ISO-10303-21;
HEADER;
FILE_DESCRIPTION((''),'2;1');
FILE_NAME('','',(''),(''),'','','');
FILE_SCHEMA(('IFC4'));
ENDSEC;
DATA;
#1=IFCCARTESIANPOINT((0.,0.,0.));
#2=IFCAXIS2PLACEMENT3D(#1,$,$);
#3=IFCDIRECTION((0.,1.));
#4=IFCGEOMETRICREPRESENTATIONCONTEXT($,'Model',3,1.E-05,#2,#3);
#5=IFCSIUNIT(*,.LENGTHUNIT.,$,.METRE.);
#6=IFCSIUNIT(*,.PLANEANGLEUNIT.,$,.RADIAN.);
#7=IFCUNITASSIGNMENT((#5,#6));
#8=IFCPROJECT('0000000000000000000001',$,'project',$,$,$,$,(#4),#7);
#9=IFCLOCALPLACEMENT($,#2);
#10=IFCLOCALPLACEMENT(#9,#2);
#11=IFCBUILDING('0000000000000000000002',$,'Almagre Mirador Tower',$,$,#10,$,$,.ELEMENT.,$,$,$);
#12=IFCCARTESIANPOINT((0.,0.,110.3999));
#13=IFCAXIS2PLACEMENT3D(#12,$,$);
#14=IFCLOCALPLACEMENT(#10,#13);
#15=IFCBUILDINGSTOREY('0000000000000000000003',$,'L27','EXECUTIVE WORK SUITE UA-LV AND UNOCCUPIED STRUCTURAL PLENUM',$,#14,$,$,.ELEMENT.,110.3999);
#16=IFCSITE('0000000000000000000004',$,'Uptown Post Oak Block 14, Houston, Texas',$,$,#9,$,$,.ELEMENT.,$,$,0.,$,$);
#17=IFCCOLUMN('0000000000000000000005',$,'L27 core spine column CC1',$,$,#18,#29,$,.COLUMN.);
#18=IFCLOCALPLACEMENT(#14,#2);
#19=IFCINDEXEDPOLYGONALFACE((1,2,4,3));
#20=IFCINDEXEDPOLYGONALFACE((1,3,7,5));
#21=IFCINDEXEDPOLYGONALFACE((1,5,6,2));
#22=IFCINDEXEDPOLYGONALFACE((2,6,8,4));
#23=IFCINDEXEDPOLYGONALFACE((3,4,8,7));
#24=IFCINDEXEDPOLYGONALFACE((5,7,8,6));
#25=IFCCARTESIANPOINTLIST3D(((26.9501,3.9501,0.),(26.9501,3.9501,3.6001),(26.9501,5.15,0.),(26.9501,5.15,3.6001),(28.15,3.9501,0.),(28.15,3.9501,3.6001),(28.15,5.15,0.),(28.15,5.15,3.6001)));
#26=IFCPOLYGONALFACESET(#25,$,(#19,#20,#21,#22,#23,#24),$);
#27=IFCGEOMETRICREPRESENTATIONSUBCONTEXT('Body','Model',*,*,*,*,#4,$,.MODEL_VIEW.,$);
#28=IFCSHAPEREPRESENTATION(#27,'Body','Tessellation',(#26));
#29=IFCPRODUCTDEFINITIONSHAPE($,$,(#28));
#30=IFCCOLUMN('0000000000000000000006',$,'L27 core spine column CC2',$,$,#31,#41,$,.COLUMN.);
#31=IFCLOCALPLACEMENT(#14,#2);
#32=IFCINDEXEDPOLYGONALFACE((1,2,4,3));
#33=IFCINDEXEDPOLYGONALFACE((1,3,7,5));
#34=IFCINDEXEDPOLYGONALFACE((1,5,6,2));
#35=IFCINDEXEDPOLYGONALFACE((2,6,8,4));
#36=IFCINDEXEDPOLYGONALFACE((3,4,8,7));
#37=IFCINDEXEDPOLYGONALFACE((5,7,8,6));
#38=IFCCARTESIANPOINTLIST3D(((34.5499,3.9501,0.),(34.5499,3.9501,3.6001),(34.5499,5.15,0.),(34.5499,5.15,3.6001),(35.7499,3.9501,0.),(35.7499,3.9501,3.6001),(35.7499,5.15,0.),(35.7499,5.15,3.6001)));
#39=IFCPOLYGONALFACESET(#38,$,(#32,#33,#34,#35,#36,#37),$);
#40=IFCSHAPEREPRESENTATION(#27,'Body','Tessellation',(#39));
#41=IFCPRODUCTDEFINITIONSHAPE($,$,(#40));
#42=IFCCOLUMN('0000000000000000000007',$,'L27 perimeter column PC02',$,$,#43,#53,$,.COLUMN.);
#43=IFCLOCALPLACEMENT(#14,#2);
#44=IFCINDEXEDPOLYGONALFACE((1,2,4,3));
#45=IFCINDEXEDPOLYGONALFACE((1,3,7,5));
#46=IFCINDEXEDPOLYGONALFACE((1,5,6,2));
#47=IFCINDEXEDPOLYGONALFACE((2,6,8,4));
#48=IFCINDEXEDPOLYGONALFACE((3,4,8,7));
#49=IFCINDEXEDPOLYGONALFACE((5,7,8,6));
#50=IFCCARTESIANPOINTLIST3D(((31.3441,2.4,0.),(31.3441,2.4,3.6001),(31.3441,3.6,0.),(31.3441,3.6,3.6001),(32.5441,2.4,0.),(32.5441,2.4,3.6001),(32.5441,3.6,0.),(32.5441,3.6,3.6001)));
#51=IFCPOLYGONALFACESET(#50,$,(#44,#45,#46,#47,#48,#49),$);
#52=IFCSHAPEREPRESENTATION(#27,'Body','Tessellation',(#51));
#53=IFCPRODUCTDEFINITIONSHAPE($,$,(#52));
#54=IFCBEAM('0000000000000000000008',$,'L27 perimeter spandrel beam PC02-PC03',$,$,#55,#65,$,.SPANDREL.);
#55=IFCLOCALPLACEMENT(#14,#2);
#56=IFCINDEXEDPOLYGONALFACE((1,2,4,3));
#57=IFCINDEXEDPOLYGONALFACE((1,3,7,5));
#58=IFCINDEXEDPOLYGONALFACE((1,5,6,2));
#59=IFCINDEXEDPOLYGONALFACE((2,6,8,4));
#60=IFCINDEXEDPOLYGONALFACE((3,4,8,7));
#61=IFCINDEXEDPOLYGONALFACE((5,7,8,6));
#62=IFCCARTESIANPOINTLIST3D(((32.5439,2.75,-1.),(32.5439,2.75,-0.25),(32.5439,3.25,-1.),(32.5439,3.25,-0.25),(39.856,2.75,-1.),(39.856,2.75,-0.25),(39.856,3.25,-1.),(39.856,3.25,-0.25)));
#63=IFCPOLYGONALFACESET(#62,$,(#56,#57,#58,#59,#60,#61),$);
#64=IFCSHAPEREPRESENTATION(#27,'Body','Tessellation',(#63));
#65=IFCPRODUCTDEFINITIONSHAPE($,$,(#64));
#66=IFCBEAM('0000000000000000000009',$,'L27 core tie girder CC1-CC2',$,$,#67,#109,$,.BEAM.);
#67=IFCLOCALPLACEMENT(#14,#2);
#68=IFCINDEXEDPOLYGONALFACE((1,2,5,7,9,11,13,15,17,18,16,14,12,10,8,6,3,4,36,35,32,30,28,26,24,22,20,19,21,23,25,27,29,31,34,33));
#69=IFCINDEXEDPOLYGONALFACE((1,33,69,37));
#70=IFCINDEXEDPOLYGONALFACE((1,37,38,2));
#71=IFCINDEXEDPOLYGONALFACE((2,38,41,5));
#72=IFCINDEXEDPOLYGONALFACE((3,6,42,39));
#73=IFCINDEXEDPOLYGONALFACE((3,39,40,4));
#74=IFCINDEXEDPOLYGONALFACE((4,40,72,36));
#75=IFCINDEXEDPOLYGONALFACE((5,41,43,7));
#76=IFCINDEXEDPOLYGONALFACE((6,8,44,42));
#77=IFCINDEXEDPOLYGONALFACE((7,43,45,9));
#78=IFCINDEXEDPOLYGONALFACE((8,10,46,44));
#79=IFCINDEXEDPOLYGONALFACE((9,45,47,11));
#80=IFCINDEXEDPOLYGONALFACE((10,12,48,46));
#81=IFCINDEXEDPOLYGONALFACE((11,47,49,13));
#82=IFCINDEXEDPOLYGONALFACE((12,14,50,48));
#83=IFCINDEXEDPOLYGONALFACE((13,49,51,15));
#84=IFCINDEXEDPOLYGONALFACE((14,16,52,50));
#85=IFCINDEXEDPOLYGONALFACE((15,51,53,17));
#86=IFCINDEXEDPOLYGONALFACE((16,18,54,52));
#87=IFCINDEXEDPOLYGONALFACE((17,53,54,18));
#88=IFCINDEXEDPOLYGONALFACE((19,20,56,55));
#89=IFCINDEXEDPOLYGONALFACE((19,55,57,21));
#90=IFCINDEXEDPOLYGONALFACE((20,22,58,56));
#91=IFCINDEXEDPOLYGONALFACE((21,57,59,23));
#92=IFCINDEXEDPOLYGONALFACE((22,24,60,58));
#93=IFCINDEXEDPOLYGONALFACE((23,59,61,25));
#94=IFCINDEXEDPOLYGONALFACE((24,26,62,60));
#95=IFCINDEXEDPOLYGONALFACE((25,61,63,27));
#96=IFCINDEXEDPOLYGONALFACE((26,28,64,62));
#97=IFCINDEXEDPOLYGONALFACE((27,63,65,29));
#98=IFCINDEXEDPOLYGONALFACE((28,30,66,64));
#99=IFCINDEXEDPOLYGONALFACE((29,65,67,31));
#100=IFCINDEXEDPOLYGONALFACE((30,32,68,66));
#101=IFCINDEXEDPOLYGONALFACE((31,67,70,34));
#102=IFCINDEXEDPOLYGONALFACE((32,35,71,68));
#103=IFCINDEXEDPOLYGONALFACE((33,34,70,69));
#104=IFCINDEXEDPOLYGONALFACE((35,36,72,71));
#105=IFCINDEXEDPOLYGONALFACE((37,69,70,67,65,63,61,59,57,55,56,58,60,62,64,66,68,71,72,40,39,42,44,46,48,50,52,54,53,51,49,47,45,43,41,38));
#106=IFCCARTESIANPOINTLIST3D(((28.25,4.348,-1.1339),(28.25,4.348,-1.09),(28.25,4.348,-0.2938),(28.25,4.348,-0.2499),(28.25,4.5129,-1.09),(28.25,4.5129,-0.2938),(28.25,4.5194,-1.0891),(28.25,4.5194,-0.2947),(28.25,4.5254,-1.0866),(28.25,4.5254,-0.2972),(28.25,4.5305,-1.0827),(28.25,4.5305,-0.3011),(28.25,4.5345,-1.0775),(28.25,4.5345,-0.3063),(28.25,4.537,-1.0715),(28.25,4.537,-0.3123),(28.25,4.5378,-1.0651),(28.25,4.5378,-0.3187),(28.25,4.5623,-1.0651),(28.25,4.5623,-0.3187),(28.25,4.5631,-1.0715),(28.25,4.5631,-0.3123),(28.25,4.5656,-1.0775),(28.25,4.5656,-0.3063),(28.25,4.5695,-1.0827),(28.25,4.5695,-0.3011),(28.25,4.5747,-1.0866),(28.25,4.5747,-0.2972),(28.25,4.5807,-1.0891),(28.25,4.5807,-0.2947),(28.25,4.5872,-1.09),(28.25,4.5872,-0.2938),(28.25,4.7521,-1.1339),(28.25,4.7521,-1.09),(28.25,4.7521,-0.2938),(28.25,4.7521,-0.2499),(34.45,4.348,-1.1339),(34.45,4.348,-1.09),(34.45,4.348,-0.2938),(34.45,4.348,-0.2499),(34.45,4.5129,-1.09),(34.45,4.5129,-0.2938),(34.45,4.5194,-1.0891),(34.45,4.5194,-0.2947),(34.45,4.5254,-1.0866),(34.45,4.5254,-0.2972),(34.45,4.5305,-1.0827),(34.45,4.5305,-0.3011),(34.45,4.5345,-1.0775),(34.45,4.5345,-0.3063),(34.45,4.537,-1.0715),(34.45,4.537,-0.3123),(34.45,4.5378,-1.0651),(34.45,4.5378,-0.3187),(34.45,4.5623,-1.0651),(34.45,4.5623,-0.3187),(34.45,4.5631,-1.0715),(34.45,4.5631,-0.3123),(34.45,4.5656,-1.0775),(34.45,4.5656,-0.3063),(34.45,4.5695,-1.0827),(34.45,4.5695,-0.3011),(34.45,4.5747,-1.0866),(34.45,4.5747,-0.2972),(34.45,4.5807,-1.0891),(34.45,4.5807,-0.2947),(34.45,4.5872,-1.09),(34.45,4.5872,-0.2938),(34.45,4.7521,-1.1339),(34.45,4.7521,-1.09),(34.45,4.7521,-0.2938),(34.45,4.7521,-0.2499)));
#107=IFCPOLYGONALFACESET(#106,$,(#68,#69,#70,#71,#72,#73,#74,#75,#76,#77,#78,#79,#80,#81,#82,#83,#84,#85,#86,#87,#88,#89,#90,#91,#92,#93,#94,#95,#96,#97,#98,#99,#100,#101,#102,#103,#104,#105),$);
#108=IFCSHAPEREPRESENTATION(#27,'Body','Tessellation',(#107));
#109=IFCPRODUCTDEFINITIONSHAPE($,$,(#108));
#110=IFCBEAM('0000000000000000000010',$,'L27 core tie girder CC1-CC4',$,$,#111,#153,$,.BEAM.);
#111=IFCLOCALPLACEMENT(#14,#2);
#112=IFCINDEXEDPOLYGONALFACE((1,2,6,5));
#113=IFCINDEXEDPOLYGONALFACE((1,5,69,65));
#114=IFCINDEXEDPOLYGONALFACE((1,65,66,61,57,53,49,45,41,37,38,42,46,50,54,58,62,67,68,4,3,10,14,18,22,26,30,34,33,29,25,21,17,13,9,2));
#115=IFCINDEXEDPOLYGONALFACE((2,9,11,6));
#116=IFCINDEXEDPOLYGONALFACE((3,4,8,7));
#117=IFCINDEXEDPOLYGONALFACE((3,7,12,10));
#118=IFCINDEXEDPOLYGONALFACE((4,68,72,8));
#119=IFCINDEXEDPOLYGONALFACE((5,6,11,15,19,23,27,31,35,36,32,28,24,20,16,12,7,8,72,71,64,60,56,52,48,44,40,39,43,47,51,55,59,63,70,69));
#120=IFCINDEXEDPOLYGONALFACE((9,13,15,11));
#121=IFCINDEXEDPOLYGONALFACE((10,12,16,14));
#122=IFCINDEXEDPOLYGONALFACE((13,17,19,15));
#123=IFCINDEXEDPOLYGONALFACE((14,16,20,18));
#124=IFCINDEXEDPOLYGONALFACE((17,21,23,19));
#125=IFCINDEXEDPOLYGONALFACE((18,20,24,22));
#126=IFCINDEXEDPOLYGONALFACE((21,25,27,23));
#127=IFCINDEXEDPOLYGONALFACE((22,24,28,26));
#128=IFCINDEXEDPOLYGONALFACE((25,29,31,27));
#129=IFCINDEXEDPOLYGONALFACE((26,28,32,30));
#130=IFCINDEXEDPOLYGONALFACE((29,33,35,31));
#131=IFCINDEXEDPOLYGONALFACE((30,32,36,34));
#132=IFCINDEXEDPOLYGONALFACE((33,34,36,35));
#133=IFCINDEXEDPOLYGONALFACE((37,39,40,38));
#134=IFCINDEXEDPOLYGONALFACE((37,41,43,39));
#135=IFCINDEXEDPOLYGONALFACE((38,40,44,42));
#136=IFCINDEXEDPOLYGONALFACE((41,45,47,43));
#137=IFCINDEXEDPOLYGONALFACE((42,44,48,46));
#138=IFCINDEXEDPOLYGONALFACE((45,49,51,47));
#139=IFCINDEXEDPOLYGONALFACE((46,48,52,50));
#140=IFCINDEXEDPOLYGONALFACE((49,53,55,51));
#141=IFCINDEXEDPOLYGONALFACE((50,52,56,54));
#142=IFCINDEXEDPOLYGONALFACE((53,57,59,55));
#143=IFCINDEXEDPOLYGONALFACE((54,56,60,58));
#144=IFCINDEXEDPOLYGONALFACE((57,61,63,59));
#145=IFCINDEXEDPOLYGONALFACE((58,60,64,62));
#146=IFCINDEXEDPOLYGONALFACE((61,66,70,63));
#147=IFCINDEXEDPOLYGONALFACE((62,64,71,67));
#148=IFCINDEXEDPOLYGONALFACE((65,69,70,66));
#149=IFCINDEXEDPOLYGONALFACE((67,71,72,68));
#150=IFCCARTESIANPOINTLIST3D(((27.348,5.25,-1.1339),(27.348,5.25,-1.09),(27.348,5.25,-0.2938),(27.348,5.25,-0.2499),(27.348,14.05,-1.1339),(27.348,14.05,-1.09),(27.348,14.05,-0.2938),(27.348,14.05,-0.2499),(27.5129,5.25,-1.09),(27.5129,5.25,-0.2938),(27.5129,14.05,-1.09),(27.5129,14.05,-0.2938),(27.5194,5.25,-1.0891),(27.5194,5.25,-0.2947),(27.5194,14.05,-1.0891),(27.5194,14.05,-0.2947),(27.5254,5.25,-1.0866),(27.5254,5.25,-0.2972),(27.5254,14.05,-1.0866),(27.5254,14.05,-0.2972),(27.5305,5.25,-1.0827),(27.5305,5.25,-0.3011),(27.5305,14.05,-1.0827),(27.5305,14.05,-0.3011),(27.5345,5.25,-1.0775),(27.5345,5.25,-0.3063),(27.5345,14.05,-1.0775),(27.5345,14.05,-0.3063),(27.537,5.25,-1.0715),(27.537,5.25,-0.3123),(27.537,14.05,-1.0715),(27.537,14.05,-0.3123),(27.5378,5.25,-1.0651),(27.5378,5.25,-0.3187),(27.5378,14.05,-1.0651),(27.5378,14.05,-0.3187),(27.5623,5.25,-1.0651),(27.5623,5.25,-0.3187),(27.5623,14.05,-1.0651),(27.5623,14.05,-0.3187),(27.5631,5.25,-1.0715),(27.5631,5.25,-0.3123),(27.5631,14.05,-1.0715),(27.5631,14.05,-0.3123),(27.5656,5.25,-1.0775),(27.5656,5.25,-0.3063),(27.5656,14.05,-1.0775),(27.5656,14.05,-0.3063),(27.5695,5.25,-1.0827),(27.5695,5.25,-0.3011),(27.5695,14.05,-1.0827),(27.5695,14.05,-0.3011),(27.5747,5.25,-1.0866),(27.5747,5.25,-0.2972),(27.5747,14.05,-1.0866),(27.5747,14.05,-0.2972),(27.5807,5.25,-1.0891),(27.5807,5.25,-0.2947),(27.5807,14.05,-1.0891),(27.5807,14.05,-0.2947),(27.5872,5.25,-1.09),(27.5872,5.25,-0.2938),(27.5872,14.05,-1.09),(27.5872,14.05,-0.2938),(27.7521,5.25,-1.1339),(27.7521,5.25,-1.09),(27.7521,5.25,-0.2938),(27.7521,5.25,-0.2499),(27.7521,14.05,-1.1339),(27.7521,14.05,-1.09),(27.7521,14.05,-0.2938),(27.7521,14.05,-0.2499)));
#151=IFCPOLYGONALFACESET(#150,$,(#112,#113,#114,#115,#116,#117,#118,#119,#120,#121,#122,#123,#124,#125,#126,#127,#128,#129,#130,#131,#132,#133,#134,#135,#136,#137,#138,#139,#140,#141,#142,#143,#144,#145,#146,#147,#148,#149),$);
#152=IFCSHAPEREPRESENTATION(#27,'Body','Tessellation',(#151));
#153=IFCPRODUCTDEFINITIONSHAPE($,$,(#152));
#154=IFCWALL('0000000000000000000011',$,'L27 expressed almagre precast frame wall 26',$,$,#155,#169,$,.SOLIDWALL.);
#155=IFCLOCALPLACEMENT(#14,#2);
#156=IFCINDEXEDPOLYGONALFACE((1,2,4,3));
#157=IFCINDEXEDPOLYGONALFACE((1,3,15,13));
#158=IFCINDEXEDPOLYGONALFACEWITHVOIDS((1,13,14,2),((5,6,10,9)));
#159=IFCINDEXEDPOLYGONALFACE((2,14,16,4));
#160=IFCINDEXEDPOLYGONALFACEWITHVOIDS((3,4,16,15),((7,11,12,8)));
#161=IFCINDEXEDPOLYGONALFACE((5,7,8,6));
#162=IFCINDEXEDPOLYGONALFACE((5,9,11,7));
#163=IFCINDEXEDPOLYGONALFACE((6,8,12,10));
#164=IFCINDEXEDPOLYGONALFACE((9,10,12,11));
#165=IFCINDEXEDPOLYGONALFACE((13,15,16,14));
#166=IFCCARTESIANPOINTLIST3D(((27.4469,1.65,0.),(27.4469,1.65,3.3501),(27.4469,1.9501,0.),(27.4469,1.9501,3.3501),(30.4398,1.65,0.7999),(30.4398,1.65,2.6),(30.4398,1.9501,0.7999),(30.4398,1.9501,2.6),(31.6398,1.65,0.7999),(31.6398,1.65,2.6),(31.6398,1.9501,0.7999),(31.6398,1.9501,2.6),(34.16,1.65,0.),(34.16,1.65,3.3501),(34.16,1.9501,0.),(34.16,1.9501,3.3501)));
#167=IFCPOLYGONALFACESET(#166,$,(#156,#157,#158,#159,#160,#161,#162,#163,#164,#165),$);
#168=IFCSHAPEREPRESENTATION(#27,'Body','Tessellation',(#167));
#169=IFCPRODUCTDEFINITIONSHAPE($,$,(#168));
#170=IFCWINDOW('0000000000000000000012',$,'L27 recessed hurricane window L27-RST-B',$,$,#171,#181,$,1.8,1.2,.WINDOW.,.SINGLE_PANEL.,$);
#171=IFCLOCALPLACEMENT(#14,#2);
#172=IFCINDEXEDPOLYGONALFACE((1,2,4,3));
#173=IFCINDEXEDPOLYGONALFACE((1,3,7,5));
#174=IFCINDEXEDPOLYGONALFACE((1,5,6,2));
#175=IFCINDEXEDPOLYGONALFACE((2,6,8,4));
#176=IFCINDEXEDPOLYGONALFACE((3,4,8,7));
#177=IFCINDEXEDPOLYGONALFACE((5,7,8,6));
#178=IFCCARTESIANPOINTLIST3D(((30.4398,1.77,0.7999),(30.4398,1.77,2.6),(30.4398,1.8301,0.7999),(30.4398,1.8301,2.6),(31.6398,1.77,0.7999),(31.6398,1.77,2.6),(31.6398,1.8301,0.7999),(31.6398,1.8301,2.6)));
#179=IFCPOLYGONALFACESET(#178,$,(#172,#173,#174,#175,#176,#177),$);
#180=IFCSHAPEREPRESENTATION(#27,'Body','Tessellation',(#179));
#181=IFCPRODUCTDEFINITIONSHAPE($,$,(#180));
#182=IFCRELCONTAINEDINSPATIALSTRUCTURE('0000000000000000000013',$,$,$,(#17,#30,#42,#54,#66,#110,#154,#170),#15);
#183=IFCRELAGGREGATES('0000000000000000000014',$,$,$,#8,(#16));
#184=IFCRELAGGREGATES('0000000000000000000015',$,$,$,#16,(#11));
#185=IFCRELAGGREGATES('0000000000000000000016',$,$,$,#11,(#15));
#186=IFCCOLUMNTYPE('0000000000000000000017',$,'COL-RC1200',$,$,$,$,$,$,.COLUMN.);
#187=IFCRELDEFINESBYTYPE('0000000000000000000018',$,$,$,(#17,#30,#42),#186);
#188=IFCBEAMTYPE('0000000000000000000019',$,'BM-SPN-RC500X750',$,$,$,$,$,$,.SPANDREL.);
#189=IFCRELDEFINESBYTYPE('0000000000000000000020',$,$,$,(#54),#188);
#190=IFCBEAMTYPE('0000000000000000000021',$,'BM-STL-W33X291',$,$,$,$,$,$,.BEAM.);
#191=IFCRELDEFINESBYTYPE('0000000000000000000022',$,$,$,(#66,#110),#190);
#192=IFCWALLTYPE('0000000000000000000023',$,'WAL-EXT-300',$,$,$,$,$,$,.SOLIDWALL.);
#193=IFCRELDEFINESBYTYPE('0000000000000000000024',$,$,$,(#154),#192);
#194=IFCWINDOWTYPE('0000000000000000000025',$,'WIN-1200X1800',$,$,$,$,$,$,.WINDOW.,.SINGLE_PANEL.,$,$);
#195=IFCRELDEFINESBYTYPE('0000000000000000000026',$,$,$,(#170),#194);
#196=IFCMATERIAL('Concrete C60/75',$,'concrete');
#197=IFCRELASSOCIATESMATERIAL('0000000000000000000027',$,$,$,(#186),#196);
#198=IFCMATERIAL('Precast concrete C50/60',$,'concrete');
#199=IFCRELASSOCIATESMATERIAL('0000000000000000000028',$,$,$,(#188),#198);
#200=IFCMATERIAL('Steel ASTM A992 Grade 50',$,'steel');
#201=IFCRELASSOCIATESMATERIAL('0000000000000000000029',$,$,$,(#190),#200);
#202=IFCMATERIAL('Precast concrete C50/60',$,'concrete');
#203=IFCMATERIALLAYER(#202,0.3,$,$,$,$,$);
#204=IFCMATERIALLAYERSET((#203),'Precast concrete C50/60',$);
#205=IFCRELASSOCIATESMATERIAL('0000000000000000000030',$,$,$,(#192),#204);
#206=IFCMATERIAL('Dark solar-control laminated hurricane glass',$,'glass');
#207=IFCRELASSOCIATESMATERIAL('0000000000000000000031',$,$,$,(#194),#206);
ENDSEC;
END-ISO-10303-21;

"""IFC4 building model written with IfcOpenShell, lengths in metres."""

from ifc_helpers import new_model, si_unit, direction, frame, frame_2d, origin, origin_2d, place, context, subcontext, project, spatial, rectangle, i_section, extrude, material, layer, layer_set, material_profile, profile_set, type_object, element, fill, save


model = new_model("IFC4")

# Units and contexts
model_context = context("Model", 3, precision=1e-05, world=origin(), true_north=direction((0.0, 1.0)))
body_context = subcontext(model_context, "Body", "Model", "MODEL_VIEW")
ifc_project = project(units=[si_unit("LENGTHUNIT", "METRE"), si_unit("PLANEANGLEUNIT", "RADIAN")], contexts=[model_context])

# Site, building, storey
site_placement = place(None, origin())
site = spatial("IfcSite", under=ifc_project, at=site_placement, Name="Uptown Post Oak Block 14, Houston, Texas", CompositionType="ELEMENT", RefElevation=0.0)
building_placement = place(site_placement, origin())
building = spatial("IfcBuilding", under=site, at=building_placement, Name="Almagre Mirador Tower", CompositionType="ELEMENT")
storey_placement = place(building_placement, frame((0.0, 0.0, 110.3999)))
storey = spatial("IfcBuildingStorey", under=building, at=storey_placement, Name="L27", Description="EXECUTIVE WORK SUITE UA-LV AND UNOCCUPIED STRUCTURAL PLENUM", CompositionType="ELEMENT", Elevation=110.3999)

# Columns
ifc_material_1 = material(Name="Concrete C60/75", Category="concrete")
ifc_material_profile_1 = material_profile(ifc_material_1, rectangle(XDim=1.2, YDim=1.2, at=origin_2d()), Name="RC1200X1200")
ifc_profile_set_1 = profile_set([ifc_material_profile_1], Name="Concrete C60/75")
column_type = type_object("IfcColumnType", Name="COL-RC1200", PredefinedType="COLUMN", material=ifc_profile_set_1)
for number, where, z_axis, x_axis, name in (
    (1, (27.55, 4.55, 0.0), (0.0, 0.0, 1.0), (1.0, 0.0, 0.0), "L27 core spine column CC1"),
    (2, (35.1499, 4.55, 0.0), (0.0, 0.0, 1.0), (1.0, 0.0, 0.0), "L27 core spine column CC2"),
    (3, (31.9441, 3.0, 0.0), (0.0, 0.0, 1.0), (1.0, 0.0, 0.0), "L27 perimeter column PC02"),
):
    element("IfcColumn", number, at=place(storey_placement, frame(where, z_axis=z_axis, x_axis=x_axis)), inside=storey, type_object=column_type, Name=name, PredefinedType="COLUMN", context=body_context, shape_type="SweptSolid", body=[
        extrude(rectangle(XDim=1.2, YDim=1.2, at=origin_2d()), origin(), (0.0, 0.0, 1.0), 3.6001),
    ])

# Beams
ifc_material_2 = material(Name="Precast concrete C50/60", Category="concrete")
ifc_material_profile_2 = material_profile(ifc_material_2, rectangle(XDim=0.5, YDim=0.75, at=origin_2d()), Name="RC500X750")
ifc_profile_set_2 = profile_set([ifc_material_profile_2], Name="Precast concrete C50/60")
beam_type_1 = type_object("IfcBeamType", Name="BM-SPN-RC500X750", PredefinedType="SPANDREL", material=ifc_profile_set_2)
beam_1_placement = place(storey_placement, frame((32.5439, 3.0, -0.625), z_axis=(1.0, 0.0, 0.0), x_axis=(0.0, 1.0, 0.0)))
element("IfcBeam", 4, at=beam_1_placement, inside=storey, type_object=beam_type_1, Name="L27 perimeter spandrel beam PC02-PC03", PredefinedType="SPANDREL", context=body_context, shape_type="SweptSolid", body=[
    extrude(rectangle(XDim=0.5, YDim=0.75, at=origin_2d()), origin(), (0.0, 0.0, 1.0), 7.312),
])
ifc_material_3 = material(Name="Steel ASTM A992 Grade 50", Category="steel")
ifc_material_profile_3 = material_profile(ifc_material_3, i_section(OverallWidth=0.4041, OverallDepth=0.884, WebThickness=0.0244, FlangeThickness=0.0439, FilletRadius=0.0249, at=origin_2d()), Name="W33X291")
ifc_profile_set_3 = profile_set([ifc_material_profile_3], Name="Steel ASTM A992 Grade 50")
beam_type_2 = type_object("IfcBeamType", Name="BM-STL-W33X291", PredefinedType="BEAM", material=ifc_profile_set_3)
beam_2_placement = place(storey_placement, frame((28.25, 4.55, -0.6919), z_axis=(1.0, 0.0, 0.0), x_axis=(0.0, 1.0, 0.0)))
element("IfcBeam", 5, at=beam_2_placement, inside=storey, type_object=beam_type_2, Name="L27 core tie girder CC1-CC2", PredefinedType="BEAM", context=body_context, shape_type="SweptSolid", body=[
    extrude(i_section(OverallWidth=0.4041, OverallDepth=0.884, WebThickness=0.0244, FlangeThickness=0.0439, FilletRadius=0.0249, at=origin_2d()), origin(), (0.0, 0.0, 1.0), 6.2),
])
beam_3_placement = place(storey_placement, frame((27.55, 5.25, -0.6919), z_axis=(0.0, 1.0, 0.0), x_axis=(-1.0, 0.0, 0.0)))
element("IfcBeam", 6, at=beam_3_placement, inside=storey, type_object=beam_type_2, Name="L27 core tie girder CC1-CC4", PredefinedType="BEAM", context=body_context, shape_type="SweptSolid", body=[
    extrude(i_section(OverallWidth=0.4041, OverallDepth=0.884, WebThickness=0.0244, FlangeThickness=0.0439, FilletRadius=0.0249, at=origin_2d()), origin(), (0.0, 0.0, 1.0), 8.8),
])

# Wall, opening, window
ifc_material_4 = material(Name="Precast concrete C50/60", Category="concrete")
ifc_layer_1 = layer(ifc_material_4, 0.3)
ifc_layer_set_1 = layer_set([ifc_layer_1], Name="Precast concrete C50/60")
wall_type_1 = type_object("IfcWallType", Name="WAL-EXT-300", PredefinedType="SOLIDWALL", material=ifc_layer_set_1)
wall_1_placement = place(storey_placement, frame((34.1599, 1.8, 0.0), z_axis=(0.0, 0.0, 1.0), x_axis=(-1.0, 0.0, 0.0)))
wall_1 = element("IfcWall", 7, at=wall_1_placement, inside=storey, type_object=wall_type_1, Name="L27 expressed almagre precast frame wall 26", PredefinedType="SOLIDWALL", context=body_context, shape_type="SweptSolid", body=[
    extrude(rectangle(XDim=6.7131, YDim=0.3, at=frame_2d((3.3564, 0.0))), origin(), (0.0, 0.0, 1.0), 3.3501),
])
opening_1_placement = place(wall_1_placement, frame((2.52, 0.0, 0.8)))
opening_1 = element("IfcOpeningElement", 8, at=opening_1_placement, cuts=wall_1, PredefinedType="OPENING", context=body_context, shape_type="SweptSolid", body=[
    extrude(rectangle(XDim=1.2, YDim=1.8, at=frame_2d((0.6001, 0.8999))), frame((0.0, 0.1599, 0.0), z_axis=(0.0, -1.0, 0.0), x_axis=(1.0, 0.0, 0.0)), (0.0, 0.0, 1.0), 0.32),
])
ifc_material_5 = material(Name="Dark solar-control laminated hurricane glass", Category="glass")
window_type_1 = type_object("IfcWindowType", Name="WIN-1200X1800", PartitioningType="SINGLE_PANEL", PredefinedType="WINDOW", material=ifc_material_5)
window_1_placement = place(opening_1_placement, origin())
window_1 = element("IfcWindow", 9, at=window_1_placement, inside=storey, type_object=window_type_1, Name="L27 recessed hurricane window L27-RST-B", OverallHeight=1.8, OverallWidth=1.2, PartitioningType="SINGLE_PANEL", PredefinedType="WINDOW", context=body_context, shape_type="SweptSolid", body=[
    extrude(rectangle(XDim=1.2, YDim=1.8, at=frame_2d((0.6001, 0.8999))), frame((0.0, 0.03, 0.0), z_axis=(0.0, -1.0, 0.0), x_axis=(1.0, 0.0, 0.0)), (0.0, 0.0, 1.0), 0.0601),
])
fill(opening_1, window_1)

save(model, "model.ifc")
